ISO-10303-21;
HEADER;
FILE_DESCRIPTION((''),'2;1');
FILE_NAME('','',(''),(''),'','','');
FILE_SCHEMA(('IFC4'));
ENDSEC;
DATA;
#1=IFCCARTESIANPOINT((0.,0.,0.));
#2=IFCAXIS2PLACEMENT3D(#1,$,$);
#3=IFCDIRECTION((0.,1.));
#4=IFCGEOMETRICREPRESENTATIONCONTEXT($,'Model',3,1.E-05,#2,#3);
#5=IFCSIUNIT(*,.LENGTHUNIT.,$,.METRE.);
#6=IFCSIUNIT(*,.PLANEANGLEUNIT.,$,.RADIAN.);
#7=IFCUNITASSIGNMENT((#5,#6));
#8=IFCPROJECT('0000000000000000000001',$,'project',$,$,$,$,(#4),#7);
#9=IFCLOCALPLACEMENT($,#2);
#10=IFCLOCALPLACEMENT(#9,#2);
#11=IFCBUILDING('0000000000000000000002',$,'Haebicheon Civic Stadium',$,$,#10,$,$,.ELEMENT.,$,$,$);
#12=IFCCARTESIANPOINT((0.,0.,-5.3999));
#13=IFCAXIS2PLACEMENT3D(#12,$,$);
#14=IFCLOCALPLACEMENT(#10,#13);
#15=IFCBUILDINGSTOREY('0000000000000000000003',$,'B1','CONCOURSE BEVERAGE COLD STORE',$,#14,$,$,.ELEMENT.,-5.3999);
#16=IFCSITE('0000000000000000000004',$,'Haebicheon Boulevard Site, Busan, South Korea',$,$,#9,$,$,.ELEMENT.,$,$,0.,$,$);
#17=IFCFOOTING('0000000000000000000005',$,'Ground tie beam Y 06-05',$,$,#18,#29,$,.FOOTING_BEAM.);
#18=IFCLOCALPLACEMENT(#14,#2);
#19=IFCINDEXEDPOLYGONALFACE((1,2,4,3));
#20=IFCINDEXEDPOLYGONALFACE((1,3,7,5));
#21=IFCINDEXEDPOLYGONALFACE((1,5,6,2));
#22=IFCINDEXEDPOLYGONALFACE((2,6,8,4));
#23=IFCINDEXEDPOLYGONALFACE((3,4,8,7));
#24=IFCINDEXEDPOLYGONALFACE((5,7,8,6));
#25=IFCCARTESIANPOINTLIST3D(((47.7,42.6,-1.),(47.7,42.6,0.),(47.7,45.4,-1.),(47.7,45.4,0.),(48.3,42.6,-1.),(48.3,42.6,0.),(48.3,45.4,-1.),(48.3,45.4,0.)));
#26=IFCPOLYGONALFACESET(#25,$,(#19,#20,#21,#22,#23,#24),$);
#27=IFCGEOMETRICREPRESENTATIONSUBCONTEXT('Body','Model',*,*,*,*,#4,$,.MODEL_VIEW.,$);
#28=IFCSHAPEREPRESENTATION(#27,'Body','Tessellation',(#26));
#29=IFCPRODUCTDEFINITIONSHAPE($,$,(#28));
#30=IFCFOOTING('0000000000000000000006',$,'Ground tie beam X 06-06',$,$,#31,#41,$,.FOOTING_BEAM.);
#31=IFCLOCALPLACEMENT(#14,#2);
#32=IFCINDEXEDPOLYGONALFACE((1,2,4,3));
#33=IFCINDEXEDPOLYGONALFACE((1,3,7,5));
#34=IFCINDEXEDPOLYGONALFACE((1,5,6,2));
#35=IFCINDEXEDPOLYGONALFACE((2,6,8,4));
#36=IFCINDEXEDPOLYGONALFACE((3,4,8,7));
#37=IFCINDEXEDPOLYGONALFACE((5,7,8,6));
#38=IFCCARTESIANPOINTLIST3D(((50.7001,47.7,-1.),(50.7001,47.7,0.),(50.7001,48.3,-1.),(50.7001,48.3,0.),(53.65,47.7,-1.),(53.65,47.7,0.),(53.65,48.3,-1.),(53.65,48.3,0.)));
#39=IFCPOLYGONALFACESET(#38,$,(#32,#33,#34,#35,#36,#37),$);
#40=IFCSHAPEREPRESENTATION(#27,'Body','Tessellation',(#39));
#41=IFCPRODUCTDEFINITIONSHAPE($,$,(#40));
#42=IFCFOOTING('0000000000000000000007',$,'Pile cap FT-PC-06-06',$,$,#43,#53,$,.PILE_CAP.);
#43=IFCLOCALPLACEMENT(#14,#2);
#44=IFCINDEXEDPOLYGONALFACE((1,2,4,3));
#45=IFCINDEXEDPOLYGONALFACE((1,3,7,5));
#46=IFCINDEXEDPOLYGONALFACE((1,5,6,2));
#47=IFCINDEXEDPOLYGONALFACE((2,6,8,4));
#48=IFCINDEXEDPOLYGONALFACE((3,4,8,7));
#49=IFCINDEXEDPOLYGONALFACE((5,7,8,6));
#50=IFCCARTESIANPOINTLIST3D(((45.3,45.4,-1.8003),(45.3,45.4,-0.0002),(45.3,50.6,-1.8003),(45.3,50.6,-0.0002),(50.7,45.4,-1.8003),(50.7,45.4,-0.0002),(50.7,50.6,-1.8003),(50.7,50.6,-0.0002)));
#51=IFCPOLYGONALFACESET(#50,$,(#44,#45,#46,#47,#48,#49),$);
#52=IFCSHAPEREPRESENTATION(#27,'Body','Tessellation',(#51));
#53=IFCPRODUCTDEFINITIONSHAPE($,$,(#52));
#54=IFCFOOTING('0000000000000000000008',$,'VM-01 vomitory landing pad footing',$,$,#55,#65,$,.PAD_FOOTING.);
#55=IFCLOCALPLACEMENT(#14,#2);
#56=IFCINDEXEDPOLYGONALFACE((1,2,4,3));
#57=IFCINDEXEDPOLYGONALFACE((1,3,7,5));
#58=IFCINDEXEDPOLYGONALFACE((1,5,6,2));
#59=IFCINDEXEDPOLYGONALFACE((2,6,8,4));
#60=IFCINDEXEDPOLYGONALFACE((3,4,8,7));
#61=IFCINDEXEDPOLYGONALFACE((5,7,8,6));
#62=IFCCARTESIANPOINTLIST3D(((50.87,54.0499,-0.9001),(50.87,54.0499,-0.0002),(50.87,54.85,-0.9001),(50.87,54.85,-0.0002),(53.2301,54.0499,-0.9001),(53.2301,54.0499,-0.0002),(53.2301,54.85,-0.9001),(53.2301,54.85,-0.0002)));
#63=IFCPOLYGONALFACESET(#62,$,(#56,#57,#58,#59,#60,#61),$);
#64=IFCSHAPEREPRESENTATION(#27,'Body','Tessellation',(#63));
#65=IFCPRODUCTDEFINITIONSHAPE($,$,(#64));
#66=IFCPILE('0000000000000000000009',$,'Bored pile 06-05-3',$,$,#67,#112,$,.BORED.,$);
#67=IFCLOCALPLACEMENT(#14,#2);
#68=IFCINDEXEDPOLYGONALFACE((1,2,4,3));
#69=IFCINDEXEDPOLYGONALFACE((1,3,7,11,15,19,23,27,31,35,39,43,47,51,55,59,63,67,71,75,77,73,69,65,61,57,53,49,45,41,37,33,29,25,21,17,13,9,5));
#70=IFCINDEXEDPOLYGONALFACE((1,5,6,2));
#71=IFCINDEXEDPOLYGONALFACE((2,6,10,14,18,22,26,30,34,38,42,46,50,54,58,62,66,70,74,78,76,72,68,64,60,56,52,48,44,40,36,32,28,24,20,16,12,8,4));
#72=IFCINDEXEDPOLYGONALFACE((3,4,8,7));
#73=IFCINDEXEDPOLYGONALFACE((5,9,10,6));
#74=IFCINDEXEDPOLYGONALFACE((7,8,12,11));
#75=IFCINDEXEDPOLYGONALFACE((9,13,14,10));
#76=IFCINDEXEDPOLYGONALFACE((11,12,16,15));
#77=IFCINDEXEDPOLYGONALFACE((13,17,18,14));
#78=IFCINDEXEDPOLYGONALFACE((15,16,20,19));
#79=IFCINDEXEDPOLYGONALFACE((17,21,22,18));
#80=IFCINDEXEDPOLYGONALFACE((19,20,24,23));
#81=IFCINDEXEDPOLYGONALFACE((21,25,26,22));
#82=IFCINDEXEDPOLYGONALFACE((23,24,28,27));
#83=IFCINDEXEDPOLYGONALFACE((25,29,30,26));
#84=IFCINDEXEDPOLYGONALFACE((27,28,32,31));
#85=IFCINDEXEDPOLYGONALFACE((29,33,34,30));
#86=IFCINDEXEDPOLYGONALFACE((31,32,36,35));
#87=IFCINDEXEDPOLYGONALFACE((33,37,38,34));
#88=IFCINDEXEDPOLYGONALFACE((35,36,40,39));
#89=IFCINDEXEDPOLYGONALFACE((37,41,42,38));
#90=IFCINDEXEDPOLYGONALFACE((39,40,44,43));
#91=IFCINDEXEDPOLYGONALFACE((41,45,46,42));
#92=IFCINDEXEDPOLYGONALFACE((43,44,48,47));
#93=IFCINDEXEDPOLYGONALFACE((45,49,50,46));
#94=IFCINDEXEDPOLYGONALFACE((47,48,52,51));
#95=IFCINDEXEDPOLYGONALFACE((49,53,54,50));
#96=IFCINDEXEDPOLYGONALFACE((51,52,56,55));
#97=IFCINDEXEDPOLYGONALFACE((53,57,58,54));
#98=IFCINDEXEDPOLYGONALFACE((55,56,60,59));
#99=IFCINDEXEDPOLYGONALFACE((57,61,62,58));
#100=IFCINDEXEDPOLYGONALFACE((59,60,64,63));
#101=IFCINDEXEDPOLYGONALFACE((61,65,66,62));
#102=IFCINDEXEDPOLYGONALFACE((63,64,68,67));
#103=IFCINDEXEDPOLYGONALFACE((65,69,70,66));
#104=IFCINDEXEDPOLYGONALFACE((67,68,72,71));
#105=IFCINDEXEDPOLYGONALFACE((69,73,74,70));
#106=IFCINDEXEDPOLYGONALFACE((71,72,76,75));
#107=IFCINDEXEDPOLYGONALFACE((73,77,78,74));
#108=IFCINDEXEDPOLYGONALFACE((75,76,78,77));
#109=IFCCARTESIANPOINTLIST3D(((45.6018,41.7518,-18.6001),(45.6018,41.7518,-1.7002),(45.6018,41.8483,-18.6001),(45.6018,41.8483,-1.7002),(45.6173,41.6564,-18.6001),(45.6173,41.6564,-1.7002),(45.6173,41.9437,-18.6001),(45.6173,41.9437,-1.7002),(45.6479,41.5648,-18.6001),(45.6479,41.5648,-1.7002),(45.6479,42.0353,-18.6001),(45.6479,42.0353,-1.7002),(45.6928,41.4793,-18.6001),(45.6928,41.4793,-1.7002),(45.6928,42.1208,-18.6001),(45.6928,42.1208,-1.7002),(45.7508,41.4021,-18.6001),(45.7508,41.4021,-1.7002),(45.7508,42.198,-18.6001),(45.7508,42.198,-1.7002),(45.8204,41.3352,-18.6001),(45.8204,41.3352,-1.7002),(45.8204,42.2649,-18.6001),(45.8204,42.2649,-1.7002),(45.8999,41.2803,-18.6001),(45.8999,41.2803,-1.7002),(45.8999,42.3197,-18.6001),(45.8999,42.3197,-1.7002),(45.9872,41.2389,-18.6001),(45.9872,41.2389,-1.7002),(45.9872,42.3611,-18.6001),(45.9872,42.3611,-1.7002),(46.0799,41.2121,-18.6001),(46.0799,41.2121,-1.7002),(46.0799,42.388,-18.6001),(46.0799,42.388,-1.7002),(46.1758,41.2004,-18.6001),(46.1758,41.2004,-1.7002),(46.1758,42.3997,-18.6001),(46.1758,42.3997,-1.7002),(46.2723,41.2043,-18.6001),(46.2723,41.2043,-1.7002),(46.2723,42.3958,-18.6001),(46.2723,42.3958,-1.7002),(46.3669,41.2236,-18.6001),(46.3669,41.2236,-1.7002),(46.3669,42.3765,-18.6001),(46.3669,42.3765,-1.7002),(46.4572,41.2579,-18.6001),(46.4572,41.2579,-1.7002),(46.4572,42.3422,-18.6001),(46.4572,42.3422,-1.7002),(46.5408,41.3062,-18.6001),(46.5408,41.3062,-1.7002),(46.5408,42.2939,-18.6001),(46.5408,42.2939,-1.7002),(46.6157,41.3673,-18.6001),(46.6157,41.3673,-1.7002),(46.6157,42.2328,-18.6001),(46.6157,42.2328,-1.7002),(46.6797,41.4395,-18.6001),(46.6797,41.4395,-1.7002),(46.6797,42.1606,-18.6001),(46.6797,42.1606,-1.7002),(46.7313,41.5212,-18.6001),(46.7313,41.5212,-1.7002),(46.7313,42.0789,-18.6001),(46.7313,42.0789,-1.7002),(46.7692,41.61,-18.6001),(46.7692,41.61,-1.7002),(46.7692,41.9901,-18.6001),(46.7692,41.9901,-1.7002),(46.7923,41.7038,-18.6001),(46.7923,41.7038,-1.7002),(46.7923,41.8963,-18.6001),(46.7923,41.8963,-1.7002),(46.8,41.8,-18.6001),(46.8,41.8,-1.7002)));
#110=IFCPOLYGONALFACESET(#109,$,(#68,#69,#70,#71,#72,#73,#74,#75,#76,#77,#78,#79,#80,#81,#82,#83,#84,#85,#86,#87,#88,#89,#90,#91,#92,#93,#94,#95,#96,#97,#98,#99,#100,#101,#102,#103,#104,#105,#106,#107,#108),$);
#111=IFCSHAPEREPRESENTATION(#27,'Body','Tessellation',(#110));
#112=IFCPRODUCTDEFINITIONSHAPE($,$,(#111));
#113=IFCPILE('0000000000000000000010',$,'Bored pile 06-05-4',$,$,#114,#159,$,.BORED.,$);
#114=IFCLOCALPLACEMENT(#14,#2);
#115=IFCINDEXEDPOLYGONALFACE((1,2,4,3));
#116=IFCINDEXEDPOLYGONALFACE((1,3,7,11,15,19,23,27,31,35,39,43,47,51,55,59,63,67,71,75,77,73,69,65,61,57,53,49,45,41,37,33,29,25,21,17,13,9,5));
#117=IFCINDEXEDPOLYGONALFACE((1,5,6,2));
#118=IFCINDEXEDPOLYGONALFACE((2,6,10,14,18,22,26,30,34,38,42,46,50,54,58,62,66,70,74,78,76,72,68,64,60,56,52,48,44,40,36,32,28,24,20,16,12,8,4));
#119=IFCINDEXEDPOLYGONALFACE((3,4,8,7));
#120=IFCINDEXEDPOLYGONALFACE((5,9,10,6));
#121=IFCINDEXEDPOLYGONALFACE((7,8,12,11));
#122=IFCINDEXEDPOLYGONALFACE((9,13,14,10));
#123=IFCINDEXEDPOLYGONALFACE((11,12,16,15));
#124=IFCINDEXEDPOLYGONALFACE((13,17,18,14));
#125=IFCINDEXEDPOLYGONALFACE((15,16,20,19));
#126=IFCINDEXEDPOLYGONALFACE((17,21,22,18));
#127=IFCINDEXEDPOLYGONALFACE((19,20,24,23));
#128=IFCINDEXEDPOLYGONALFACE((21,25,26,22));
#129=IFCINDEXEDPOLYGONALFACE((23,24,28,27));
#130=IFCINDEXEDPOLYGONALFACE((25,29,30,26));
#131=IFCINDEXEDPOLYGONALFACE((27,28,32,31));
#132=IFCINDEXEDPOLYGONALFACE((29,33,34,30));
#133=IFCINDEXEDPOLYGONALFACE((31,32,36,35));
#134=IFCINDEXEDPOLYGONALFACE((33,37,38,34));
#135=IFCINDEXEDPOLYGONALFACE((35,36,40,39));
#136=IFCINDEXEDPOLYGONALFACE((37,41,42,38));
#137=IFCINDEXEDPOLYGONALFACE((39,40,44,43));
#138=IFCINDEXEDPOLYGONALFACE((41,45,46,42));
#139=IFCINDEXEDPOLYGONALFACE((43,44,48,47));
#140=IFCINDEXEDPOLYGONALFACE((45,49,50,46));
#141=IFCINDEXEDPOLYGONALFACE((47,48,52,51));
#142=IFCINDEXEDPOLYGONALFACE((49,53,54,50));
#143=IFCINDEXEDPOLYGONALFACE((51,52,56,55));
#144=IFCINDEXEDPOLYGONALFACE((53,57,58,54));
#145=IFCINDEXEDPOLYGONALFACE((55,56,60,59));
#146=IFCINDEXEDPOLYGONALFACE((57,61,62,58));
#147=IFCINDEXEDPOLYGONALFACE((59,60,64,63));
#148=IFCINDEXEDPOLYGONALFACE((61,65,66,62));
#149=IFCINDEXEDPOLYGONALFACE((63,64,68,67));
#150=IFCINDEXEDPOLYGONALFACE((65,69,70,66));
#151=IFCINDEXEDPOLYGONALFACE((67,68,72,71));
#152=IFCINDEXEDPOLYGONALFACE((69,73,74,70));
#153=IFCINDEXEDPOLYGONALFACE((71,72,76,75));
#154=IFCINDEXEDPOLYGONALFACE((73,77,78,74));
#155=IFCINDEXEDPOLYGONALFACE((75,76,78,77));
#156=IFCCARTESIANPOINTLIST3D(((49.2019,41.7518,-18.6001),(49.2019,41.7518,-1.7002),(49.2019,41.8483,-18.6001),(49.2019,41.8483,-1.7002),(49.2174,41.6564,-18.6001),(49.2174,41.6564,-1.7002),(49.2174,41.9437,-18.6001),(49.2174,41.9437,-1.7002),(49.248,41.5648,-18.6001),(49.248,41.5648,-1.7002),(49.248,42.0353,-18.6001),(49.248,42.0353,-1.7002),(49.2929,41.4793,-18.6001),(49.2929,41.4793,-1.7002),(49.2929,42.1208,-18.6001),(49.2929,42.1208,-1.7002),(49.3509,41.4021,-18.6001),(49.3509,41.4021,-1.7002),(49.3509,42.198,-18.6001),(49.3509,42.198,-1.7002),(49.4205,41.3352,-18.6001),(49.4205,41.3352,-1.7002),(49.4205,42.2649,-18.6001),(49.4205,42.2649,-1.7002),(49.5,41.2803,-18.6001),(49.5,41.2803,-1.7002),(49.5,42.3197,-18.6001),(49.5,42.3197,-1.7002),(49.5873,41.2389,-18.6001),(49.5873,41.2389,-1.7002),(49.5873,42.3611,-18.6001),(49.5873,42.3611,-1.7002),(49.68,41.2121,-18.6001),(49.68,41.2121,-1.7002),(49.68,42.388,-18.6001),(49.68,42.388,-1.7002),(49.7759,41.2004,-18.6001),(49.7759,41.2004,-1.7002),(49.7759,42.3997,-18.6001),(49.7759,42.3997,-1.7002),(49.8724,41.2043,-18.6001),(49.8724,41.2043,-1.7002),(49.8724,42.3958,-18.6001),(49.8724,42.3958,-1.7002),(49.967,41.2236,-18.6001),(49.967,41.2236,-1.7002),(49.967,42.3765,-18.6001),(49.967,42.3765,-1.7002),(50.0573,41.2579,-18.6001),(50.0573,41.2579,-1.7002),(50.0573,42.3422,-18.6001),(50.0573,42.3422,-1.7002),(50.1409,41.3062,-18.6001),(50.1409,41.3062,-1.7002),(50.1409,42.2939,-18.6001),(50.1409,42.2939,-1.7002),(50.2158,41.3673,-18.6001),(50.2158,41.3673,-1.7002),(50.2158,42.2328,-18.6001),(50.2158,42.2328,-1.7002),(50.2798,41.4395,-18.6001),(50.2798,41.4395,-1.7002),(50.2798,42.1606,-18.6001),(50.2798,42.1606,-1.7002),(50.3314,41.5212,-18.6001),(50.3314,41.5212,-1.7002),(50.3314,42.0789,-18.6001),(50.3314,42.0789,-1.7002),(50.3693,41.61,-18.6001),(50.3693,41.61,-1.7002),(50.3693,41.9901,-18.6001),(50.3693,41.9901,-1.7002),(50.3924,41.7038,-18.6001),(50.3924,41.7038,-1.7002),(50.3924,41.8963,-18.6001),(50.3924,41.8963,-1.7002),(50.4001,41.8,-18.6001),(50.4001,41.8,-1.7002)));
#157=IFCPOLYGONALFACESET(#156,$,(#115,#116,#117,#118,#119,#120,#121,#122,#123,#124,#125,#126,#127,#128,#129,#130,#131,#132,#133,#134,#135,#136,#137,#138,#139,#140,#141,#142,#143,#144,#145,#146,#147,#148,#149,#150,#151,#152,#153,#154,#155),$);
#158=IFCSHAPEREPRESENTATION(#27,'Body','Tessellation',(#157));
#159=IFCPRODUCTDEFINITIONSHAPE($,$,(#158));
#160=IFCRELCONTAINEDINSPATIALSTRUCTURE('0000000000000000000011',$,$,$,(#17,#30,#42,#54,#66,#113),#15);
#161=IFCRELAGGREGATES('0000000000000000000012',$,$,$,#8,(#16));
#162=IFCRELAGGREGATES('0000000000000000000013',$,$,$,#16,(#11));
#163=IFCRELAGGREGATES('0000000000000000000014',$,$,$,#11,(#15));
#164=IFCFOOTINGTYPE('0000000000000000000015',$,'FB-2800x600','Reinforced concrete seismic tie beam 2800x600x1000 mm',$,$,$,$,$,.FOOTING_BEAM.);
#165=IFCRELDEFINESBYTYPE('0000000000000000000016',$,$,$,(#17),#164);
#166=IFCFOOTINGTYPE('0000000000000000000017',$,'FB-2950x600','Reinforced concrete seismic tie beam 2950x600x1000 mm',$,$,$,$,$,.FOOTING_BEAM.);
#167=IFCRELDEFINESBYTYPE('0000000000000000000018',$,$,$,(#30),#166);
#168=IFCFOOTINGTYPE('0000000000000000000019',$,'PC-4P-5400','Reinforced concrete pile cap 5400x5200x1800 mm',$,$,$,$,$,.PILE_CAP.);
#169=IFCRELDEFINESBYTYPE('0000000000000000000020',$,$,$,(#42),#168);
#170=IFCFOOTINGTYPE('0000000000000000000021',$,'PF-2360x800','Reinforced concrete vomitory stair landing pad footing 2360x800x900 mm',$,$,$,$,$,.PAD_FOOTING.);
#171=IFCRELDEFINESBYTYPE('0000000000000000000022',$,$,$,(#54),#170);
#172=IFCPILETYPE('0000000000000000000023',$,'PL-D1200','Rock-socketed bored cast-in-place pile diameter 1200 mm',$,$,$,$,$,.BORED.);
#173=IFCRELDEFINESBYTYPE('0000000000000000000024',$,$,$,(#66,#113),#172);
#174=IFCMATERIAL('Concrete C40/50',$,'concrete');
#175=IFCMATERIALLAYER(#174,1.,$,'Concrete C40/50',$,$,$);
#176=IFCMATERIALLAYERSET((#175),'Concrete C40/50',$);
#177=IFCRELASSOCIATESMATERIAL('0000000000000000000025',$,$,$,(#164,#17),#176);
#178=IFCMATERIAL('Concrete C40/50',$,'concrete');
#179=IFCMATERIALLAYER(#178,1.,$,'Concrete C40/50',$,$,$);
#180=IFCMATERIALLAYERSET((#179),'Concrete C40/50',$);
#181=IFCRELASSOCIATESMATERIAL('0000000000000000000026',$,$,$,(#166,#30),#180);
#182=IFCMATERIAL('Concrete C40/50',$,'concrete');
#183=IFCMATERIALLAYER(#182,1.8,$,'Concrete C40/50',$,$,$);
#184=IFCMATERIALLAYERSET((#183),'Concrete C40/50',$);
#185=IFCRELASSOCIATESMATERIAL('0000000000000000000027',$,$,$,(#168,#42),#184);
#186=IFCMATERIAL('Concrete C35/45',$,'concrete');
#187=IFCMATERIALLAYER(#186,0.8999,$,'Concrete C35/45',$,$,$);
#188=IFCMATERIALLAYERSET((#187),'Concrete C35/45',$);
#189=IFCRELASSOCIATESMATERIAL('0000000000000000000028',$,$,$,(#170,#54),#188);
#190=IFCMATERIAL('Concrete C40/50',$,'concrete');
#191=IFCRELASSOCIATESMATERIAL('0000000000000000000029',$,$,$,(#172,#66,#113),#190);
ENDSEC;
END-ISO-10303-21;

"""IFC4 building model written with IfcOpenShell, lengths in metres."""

from ifc_helpers import new_model, si_unit, direction, frame, origin, origin_2d, place, context, subcontext, project, spatial, rectangle, circle, extrude, material, layer, layer_set, material_profile, profile_set, type_object, element, save


model = new_model("IFC4")

# Units and contexts
model_context = context("Model", 3, precision=1e-05, world=origin(), true_north=direction((0.0, 1.0)))
body_context = subcontext(model_context, "Body", "Model", "MODEL_VIEW")
ifc_project = project(units=[si_unit("LENGTHUNIT", "METRE"), si_unit("PLANEANGLEUNIT", "RADIAN")], contexts=[model_context])

# Site, building, storey
site_placement = place(None, origin())
site = spatial("IfcSite", under=ifc_project, at=site_placement, Name="Haebicheon Boulevard Site, Busan, South Korea", CompositionType="ELEMENT", RefElevation=0.0)
building_placement = place(site_placement, origin())
building = spatial("IfcBuilding", under=site, at=building_placement, Name="Haebicheon Civic Stadium", CompositionType="ELEMENT")
storey_placement = place(building_placement, frame((0.0, 0.0, -5.3999)))
storey = spatial("IfcBuildingStorey", under=building, at=storey_placement, Name="B1", Description="CONCOURSE BEVERAGE COLD STORE", CompositionType="ELEMENT", Elevation=-5.3999)

# Footings
ifc_material_1 = material(Name="Concrete C40/50", Category="concrete")
ifc_layer_1 = layer(ifc_material_1, 1.0, Name="Concrete C40/50")
ifc_layer_set_1 = layer_set([ifc_layer_1], Name="Concrete C40/50")
footing_type_1 = type_object("IfcFootingType", Name="FB-2800x600", Description="Reinforced concrete seismic tie beam 2800x600x1000 mm", PredefinedType="FOOTING_BEAM", material=ifc_layer_set_1)
footing_1_placement = place(storey_placement, frame((48.0, 44.0, -1.0), z_axis=(0.0, 0.0, 1.0), x_axis=(0.0, 1.0, 0.0)))
element("IfcFooting", 1, at=footing_1_placement, inside=storey, type_object=footing_type_1, material=ifc_layer_set_1, Name="Ground tie beam Y 06-05", PredefinedType="FOOTING_BEAM", context=body_context, shape_type="SweptSolid", body=[
    extrude(rectangle(XDim=2.8, YDim=0.6001, at=origin_2d()), origin(), (0.0, 0.0, 1.0), 1.0),
])
ifc_material_2 = material(Name="Concrete C40/50", Category="concrete")
ifc_layer_2 = layer(ifc_material_2, 1.0, Name="Concrete C40/50")
ifc_layer_set_2 = layer_set([ifc_layer_2], Name="Concrete C40/50")
footing_type_2 = type_object("IfcFootingType", Name="FB-2950x600", Description="Reinforced concrete seismic tie beam 2950x600x1000 mm", PredefinedType="FOOTING_BEAM", material=ifc_layer_set_2)
footing_2_placement = place(storey_placement, frame((52.175, 48.0, -1.0), z_axis=(0.0, 0.0, 1.0), x_axis=(1.0, 0.0, 0.0)))
element("IfcFooting", 2, at=footing_2_placement, inside=storey, type_object=footing_type_2, material=ifc_layer_set_2, Name="Ground tie beam X 06-06", PredefinedType="FOOTING_BEAM", context=body_context, shape_type="SweptSolid", body=[
    extrude(rectangle(XDim=2.95, YDim=0.6001, at=origin_2d()), origin(), (0.0, 0.0, 1.0), 1.0),
])
ifc_material_3 = material(Name="Concrete C40/50", Category="concrete")
ifc_layer_3 = layer(ifc_material_3, 1.8, Name="Concrete C40/50")
ifc_layer_set_3 = layer_set([ifc_layer_3], Name="Concrete C40/50")
footing_type_3 = type_object("IfcFootingType", Name="PC-4P-5400", Description="Reinforced concrete pile cap 5400x5200x1800 mm", PredefinedType="PILE_CAP", material=ifc_layer_set_3)
footing_3_placement = place(storey_placement, frame((48.0, 48.0, -1.8003), z_axis=(0.0, 0.0, 1.0), x_axis=(1.0, 0.0, 0.0)))
element("IfcFooting", 3, at=footing_3_placement, inside=storey, type_object=footing_type_3, material=ifc_layer_set_3, Name="Pile cap FT-PC-06-06", PredefinedType="PILE_CAP", context=body_context, shape_type="SweptSolid", body=[
    extrude(rectangle(XDim=5.3999, YDim=5.2, at=origin_2d()), origin(), (0.0, 0.0, 1.0), 1.8),
])
ifc_material_4 = material(Name="Concrete C35/45", Category="concrete")
ifc_layer_4 = layer(ifc_material_4, 0.8999, Name="Concrete C35/45")
ifc_layer_set_4 = layer_set([ifc_layer_4], Name="Concrete C35/45")
footing_type_4 = type_object("IfcFootingType", Name="PF-2360x800", Description="Reinforced concrete vomitory stair landing pad footing 2360x800x900 mm", PredefinedType="PAD_FOOTING", material=ifc_layer_set_4)
footing_4_placement = place(storey_placement, frame((52.05, 54.45, -0.9001), z_axis=(0.0, 0.0, 1.0), x_axis=(1.0, 0.0, 0.0)))
element("IfcFooting", 4, at=footing_4_placement, inside=storey, type_object=footing_type_4, material=ifc_layer_set_4, Name="VM-01 vomitory landing pad footing", PredefinedType="PAD_FOOTING", context=body_context, shape_type="SweptSolid", body=[
    extrude(rectangle(XDim=2.3601, YDim=0.8, at=origin_2d()), origin(), (0.0, 0.0, 1.0), 0.8999),
])

# Piles
ifc_material_5 = material(Name="Concrete C40/50", Category="concrete")
ifc_material_profile_1 = material_profile(ifc_material_5, circle(Radius=0.6001, at=origin_2d()), Name="PILE-D1200")
ifc_profile_set_1 = profile_set([ifc_material_profile_1], Name="Concrete C40/50")
pile_type = type_object("IfcPileType", Name="PL-D1200", Description="Rock-socketed bored cast-in-place pile diameter 1200 mm", PredefinedType="BORED", material=ifc_profile_set_1)
for number, where, z_axis, x_axis, name in (
    (5, (46.2, 41.8, -1.7002), (0.0, 0.0, -1.0), (1.0, 0.0, 0.0), "Bored pile 06-05-3"),
    (6, (49.8, 41.8, -1.7002), (0.0, 0.0, -1.0), (1.0, 0.0, 0.0), "Bored pile 06-05-4"),
):
    element("IfcPile", number, at=place(storey_placement, frame(where, z_axis=z_axis, x_axis=x_axis)), inside=storey, type_object=pile_type, material=ifc_profile_set_1, Name=name, PredefinedType="BORED", context=body_context, shape_type="SweptSolid", body=[
        extrude(circle(Radius=0.6001, at=origin_2d()), origin(), (0.0, 0.0, 1.0), 16.8999),
    ])

save(model, "model.ifc")
